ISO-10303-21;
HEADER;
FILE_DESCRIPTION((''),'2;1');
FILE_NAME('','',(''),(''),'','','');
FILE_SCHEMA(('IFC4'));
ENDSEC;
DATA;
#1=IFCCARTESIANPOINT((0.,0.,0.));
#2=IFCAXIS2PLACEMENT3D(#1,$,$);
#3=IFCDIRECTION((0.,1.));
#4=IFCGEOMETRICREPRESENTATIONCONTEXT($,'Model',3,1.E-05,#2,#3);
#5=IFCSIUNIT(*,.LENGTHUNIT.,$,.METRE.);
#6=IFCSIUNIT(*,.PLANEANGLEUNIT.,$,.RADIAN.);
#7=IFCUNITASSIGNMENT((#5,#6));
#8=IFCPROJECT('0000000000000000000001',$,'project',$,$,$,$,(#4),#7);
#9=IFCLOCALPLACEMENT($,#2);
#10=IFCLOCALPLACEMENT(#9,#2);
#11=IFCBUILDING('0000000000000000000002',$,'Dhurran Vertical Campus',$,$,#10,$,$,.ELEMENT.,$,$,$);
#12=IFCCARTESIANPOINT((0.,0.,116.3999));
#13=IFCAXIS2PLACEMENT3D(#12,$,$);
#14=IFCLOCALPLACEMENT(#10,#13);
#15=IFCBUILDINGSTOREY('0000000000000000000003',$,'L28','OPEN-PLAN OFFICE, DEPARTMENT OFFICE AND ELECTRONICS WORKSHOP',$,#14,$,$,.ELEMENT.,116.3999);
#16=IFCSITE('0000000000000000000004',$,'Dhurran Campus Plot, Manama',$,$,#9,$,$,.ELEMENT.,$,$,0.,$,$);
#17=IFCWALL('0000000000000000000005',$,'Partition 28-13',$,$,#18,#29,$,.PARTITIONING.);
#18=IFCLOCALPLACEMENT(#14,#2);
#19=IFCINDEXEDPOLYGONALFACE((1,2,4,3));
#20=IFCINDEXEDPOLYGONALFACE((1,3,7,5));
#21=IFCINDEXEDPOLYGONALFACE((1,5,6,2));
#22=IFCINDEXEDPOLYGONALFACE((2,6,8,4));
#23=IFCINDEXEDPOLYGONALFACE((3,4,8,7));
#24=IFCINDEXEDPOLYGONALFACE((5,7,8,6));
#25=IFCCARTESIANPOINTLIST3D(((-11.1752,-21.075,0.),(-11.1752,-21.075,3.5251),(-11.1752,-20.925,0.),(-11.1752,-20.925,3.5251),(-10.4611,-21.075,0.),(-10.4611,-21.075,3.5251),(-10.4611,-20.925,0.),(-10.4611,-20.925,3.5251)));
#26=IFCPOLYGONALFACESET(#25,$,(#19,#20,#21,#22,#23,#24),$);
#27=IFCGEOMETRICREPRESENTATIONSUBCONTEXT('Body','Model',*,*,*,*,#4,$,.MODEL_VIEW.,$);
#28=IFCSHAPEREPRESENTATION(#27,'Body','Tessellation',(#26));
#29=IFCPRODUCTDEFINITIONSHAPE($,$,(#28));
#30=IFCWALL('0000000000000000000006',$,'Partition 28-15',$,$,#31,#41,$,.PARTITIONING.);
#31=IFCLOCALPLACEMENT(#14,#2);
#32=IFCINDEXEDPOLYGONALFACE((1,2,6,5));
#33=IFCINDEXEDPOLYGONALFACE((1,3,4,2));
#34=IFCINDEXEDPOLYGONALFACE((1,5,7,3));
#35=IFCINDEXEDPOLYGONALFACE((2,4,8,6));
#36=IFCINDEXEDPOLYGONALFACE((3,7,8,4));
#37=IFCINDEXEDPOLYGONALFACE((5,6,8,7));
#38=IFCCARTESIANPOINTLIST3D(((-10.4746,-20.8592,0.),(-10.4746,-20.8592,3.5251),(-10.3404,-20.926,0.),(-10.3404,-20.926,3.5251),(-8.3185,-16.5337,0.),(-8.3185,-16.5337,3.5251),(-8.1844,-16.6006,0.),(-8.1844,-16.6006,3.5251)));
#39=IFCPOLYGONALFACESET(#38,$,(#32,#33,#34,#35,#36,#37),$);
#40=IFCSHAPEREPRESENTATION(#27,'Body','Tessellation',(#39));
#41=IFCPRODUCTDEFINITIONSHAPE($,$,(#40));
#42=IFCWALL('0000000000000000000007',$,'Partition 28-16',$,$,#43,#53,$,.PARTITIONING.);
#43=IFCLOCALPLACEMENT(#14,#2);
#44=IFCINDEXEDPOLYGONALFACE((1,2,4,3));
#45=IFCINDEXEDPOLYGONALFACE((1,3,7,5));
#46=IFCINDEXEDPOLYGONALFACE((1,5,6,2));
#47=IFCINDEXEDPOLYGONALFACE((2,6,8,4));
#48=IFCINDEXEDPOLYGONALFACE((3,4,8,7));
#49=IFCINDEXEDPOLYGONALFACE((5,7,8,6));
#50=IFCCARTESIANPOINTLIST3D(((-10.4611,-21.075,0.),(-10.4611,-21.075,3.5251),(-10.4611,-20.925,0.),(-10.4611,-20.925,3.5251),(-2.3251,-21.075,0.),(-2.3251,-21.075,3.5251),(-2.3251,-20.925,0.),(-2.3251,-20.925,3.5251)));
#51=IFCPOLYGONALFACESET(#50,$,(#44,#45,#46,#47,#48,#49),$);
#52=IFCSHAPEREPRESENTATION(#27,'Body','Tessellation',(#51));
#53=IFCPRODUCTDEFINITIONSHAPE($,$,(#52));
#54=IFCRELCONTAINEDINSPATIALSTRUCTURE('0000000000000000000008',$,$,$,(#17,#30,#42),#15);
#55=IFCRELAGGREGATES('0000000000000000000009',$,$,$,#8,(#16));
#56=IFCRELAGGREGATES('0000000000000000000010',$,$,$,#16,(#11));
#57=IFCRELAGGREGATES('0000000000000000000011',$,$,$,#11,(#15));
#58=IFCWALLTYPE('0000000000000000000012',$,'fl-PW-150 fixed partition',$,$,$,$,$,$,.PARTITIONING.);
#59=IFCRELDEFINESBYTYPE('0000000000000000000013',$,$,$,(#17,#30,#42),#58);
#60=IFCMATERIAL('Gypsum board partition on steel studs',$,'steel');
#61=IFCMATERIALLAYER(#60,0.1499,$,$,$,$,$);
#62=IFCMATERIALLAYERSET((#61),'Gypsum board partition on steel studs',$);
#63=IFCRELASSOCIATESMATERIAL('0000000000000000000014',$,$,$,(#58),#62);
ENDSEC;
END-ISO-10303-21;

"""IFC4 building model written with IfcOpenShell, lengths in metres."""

from ifc_helpers import new_model, si_unit, direction, frame, frame_2d, origin, place, context, subcontext, project, spatial, rectangle, extrude, material, layer, layer_set, type_object, element, save


model = new_model("IFC4")

# Units and contexts
model_context = context("Model", 3, precision=1e-05, world=origin(), true_north=direction((0.0, 1.0)))
body_context = subcontext(model_context, "Body", "Model", "MODEL_VIEW")
ifc_project = project(units=[si_unit("LENGTHUNIT", "METRE"), si_unit("PLANEANGLEUNIT", "RADIAN")], contexts=[model_context])

# Site, building, storey
site_placement = place(None, origin())
site = spatial("IfcSite", under=ifc_project, at=site_placement, Name="Dhurran Campus Plot, Manama", CompositionType="ELEMENT", RefElevation=0.0)
building_placement = place(site_placement, origin())
building = spatial("IfcBuilding", under=site, at=building_placement, Name="Dhurran Vertical Campus", CompositionType="ELEMENT")
storey_placement = place(building_placement, frame((0.0, 0.0, 116.3999)))
storey = spatial("IfcBuildingStorey", under=building, at=storey_placement, Name="L28", Description="OPEN-PLAN OFFICE, DEPARTMENT OFFICE AND ELECTRONICS WORKSHOP", CompositionType="ELEMENT", Elevation=116.3999)

# Walls
ifc_material_1 = material(Name="Gypsum board partition on steel studs", Category="steel")
ifc_layer_1 = layer(ifc_material_1, 0.1499)
ifc_layer_set_1 = layer_set([ifc_layer_1], Name="Gypsum board partition on steel studs")
wall_type_1 = type_object("IfcWallType", Name="fl-PW-150 fixed partition", PredefinedType="PARTITIONING", material=ifc_layer_set_1)
wall_1_placement = place(storey_placement, frame((-11.175, -21.0, 0.0), z_axis=(0.0, 0.0, 1.0), x_axis=(1.0, 0.0, 0.0)))
element("IfcWall", 1, at=wall_1_placement, inside=storey, type_object=wall_type_1, Name="Partition 28-13", PredefinedType="PARTITIONING", context=body_context, shape_type="SweptSolid", body=[
    extrude(rectangle(XDim=0.7141, YDim=0.1499, at=frame_2d((0.3569, 0.0))), origin(), (0.0, 0.0, 1.0), 3.5251),
])
wall_2_placement = place(storey_placement, frame((-8.2515, -16.5671, 0.0), z_axis=(0.0, 0.0, 1.0), x_axis=(-0.446102, -0.894982, 0.0)))
element("IfcWall", 2, at=wall_2_placement, inside=storey, type_object=wall_type_1, Name="Partition 28-15", PredefinedType="PARTITIONING", context=body_context, shape_type="SweptSolid", body=[
    extrude(rectangle(XDim=4.833, YDim=0.1499, at=frame_2d((2.4165, 0.0))), origin(), (0.0, 0.0, 1.0), 3.5251),
])
wall_3_placement = place(storey_placement, frame((-10.4609, -21.0, 0.0), z_axis=(0.0, 0.0, 1.0), x_axis=(1.0, 0.0, 0.0)))
element("IfcWall", 3, at=wall_3_placement, inside=storey, type_object=wall_type_1, Name="Partition 28-16", PredefinedType="PARTITIONING", context=body_context, shape_type="SweptSolid", body=[
    extrude(rectangle(XDim=8.136, YDim=0.1499, at=frame_2d((4.0679, 0.0))), origin(), (0.0, 0.0, 1.0), 3.5251),
])

save(model, "model.ifc")
